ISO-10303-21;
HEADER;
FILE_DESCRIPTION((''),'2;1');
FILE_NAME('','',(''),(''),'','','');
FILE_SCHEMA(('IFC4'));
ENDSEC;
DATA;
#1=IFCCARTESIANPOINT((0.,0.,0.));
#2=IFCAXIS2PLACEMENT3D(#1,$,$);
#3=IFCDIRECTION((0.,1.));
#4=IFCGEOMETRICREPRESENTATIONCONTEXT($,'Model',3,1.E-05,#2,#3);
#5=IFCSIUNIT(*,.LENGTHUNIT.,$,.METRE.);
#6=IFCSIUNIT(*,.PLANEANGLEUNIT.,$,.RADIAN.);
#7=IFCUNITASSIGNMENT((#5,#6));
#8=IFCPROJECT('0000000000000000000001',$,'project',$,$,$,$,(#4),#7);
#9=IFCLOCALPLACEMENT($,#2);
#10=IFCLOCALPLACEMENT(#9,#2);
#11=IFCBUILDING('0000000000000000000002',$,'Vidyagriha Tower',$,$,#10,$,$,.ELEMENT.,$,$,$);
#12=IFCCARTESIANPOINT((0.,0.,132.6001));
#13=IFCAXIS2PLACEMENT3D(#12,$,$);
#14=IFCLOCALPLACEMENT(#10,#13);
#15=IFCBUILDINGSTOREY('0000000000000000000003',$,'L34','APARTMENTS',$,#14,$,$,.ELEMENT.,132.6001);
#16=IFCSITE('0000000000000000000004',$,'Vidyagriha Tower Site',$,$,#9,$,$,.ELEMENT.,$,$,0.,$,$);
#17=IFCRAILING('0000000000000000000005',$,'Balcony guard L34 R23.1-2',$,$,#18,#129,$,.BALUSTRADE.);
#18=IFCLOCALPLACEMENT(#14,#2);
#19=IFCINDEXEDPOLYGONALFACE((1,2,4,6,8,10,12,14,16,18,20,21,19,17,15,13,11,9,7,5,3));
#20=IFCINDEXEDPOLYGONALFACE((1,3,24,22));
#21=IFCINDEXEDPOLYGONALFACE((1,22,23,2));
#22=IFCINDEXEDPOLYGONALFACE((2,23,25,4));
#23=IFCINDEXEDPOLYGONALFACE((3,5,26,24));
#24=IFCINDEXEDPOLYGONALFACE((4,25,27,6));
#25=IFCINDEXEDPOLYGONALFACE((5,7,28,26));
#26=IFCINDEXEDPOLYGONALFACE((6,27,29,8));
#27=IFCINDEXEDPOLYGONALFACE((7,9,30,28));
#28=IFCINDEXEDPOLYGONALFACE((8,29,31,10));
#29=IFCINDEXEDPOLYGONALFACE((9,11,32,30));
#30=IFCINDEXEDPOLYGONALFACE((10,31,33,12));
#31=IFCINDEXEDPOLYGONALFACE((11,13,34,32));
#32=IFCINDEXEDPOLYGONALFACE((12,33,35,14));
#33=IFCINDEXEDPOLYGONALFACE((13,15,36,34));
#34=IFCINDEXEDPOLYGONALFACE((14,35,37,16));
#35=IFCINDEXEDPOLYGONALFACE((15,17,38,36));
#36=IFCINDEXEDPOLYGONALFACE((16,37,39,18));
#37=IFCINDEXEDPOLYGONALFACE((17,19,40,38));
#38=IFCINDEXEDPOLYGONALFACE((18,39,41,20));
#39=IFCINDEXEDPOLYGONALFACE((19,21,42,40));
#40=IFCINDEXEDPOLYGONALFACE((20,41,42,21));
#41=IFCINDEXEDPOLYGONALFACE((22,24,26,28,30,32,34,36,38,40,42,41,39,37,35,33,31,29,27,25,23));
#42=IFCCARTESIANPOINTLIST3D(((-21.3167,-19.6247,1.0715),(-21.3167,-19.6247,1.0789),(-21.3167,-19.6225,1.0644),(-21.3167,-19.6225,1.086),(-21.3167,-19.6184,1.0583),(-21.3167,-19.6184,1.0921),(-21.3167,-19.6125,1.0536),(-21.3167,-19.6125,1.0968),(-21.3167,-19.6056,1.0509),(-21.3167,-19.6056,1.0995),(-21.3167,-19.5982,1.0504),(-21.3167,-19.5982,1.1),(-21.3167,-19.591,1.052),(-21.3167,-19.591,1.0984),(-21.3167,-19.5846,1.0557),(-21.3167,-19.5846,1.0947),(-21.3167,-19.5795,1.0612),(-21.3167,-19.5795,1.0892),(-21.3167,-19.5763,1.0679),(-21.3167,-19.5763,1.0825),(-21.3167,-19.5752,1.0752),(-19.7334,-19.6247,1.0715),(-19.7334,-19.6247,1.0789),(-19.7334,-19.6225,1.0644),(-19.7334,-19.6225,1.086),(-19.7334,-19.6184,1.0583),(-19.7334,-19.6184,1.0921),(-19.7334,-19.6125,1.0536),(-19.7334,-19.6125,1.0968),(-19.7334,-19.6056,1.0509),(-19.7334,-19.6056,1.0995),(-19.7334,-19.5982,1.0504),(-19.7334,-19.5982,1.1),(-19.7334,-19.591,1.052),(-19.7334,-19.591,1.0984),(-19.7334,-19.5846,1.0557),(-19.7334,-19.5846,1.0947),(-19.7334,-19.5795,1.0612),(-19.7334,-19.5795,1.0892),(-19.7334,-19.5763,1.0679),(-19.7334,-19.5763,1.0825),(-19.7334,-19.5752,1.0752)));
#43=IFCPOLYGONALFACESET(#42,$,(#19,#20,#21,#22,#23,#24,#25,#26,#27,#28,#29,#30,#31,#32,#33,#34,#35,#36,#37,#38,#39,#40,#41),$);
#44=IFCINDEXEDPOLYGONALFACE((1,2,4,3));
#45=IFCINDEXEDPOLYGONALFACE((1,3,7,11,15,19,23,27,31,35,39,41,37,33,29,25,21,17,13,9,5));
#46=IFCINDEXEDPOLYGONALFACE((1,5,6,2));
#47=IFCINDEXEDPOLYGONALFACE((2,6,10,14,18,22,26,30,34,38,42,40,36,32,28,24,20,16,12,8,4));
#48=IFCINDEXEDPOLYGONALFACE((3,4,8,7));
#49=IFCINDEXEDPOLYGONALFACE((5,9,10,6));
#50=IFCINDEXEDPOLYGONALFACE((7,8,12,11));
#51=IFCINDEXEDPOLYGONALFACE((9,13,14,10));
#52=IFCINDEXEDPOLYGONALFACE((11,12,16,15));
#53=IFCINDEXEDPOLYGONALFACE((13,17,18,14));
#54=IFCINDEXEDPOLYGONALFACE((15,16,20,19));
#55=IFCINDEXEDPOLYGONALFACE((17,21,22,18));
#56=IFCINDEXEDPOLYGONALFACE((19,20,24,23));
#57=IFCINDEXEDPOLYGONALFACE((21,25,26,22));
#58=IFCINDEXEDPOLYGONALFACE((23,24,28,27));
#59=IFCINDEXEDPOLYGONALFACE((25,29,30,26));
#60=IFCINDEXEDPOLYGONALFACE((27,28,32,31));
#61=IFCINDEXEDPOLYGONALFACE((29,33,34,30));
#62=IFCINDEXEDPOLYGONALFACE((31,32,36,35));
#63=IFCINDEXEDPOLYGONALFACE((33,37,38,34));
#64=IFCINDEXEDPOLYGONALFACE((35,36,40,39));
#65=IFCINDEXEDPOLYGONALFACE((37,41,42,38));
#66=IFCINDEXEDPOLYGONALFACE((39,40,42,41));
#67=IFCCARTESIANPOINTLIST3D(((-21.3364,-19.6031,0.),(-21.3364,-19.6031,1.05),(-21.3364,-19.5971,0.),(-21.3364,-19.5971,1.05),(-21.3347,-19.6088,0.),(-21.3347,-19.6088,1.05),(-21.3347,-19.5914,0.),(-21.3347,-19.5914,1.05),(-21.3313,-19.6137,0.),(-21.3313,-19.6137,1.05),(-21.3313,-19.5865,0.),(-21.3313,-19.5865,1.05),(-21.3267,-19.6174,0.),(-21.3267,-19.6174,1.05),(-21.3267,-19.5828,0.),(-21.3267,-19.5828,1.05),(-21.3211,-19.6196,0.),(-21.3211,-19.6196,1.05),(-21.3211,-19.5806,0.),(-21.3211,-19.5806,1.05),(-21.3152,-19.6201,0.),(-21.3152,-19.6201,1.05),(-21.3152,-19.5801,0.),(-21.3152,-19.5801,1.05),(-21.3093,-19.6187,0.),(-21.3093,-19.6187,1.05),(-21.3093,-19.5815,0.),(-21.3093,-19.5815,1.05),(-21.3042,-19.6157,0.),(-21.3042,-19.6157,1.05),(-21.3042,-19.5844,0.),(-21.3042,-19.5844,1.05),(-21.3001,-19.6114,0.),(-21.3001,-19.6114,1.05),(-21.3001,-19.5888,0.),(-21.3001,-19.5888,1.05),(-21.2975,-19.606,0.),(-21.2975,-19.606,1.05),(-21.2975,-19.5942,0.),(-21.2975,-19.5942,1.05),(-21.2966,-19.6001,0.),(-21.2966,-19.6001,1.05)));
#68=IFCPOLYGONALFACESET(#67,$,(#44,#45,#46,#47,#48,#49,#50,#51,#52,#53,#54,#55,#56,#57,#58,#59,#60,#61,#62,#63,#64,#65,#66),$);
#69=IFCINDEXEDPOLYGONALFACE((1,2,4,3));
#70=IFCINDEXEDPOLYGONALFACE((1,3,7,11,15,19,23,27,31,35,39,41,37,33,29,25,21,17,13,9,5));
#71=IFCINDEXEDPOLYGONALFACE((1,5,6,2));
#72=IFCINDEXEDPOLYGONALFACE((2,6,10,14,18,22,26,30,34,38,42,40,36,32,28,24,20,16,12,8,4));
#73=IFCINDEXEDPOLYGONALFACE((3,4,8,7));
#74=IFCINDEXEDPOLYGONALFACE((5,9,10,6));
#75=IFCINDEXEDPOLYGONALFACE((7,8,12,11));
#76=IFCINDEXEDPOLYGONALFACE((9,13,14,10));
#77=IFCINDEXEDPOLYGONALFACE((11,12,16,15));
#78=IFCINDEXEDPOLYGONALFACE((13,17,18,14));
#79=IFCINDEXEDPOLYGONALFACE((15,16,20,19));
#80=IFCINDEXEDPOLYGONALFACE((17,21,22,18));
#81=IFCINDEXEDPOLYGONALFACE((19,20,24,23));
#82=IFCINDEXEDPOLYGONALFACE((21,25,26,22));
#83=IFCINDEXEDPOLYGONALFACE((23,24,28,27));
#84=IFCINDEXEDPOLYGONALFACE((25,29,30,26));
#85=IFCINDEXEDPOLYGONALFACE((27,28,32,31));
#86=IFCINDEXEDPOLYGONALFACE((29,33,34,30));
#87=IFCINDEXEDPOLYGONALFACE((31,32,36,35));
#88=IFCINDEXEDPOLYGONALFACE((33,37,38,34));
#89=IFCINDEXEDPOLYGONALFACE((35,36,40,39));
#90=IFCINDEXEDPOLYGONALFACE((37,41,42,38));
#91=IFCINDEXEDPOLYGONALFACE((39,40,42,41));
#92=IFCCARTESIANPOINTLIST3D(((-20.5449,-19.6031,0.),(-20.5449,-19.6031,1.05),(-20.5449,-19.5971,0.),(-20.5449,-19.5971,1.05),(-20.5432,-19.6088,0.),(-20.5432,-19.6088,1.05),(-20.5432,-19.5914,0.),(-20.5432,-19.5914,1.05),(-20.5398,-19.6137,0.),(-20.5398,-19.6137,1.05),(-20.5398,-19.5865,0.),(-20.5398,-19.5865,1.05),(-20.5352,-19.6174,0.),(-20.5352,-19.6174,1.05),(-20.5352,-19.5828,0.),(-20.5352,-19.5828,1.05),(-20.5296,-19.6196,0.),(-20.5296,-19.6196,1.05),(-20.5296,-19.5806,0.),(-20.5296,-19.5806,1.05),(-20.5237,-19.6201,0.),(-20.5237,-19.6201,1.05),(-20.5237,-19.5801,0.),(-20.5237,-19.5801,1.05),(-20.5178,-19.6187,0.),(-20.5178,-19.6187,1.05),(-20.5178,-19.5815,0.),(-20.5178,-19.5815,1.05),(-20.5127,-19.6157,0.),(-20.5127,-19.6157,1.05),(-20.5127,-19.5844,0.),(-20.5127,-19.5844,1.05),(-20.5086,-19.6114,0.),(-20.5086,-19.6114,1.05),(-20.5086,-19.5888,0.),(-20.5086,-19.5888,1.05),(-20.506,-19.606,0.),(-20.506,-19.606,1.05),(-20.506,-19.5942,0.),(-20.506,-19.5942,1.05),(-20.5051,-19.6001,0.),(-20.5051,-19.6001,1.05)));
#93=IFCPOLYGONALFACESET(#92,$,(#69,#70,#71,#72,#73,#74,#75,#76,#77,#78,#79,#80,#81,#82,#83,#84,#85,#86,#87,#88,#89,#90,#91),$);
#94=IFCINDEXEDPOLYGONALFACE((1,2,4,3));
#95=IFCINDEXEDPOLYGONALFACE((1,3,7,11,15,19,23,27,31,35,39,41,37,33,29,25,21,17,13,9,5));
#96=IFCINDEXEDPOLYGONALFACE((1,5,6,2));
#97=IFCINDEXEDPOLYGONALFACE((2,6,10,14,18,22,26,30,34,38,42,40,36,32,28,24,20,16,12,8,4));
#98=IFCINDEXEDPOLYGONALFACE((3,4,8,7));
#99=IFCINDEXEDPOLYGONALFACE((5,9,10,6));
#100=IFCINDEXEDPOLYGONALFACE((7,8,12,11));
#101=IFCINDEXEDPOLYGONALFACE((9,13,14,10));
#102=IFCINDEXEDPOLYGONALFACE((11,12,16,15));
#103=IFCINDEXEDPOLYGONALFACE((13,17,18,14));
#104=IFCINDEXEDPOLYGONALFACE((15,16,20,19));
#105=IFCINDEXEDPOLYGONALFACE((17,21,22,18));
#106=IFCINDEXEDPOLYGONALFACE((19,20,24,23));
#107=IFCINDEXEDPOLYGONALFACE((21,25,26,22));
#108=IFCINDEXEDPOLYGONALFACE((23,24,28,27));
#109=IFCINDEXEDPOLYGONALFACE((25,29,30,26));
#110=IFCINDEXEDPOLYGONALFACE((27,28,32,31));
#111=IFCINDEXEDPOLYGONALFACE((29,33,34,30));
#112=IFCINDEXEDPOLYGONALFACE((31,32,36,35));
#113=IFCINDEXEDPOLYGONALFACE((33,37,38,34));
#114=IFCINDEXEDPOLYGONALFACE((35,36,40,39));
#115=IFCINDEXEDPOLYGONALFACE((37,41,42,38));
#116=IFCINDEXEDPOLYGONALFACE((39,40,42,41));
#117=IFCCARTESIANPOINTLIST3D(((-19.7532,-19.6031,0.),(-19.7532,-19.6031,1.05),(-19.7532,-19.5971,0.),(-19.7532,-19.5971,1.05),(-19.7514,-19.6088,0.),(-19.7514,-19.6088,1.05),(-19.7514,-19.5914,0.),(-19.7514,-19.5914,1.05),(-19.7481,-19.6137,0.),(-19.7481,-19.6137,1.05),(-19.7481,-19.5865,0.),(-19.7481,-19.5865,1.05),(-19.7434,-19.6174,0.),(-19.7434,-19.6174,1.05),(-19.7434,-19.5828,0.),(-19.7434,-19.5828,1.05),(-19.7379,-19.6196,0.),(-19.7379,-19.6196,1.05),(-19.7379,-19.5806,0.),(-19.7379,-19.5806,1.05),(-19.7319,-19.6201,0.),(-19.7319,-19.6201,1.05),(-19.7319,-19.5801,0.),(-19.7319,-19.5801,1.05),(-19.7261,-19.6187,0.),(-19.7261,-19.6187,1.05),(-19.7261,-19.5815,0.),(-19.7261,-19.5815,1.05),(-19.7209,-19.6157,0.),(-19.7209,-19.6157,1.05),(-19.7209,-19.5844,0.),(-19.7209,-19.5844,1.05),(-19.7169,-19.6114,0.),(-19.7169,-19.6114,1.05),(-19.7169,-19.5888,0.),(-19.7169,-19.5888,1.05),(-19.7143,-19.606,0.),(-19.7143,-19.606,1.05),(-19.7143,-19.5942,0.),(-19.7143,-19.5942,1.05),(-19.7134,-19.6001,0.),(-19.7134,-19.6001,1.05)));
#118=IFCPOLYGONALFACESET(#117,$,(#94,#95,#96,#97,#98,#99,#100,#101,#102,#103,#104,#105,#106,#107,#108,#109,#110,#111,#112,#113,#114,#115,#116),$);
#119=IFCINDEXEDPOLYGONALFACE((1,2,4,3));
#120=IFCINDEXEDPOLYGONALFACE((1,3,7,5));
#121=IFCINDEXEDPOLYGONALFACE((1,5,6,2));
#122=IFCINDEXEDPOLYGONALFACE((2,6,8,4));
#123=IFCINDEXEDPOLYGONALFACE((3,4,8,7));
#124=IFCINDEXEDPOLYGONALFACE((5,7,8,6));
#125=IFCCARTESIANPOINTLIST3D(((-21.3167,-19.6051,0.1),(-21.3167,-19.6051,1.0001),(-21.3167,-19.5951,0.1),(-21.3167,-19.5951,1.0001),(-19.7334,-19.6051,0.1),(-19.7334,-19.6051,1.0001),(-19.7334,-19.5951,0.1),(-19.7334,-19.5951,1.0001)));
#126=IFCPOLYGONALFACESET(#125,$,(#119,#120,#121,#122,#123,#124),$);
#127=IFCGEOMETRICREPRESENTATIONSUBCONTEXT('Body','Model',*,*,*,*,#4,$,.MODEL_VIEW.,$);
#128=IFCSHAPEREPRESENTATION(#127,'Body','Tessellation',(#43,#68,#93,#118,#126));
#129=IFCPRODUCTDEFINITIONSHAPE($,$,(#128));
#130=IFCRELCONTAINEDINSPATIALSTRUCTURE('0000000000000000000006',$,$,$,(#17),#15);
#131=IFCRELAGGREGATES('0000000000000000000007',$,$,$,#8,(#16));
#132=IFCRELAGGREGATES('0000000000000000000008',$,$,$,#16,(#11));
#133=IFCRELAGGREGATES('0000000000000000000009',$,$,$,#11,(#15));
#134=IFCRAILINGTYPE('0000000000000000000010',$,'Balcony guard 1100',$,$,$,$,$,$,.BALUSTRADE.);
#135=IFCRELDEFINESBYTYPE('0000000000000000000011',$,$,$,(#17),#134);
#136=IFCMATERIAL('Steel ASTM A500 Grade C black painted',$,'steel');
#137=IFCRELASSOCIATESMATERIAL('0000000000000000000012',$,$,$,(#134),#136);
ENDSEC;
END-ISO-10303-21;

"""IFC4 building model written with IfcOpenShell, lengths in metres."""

from ifc_helpers import new_model, si_unit, direction, frame, origin, origin_2d, place, context, subcontext, project, spatial, rectangle, circle, extrude, material, type_object, element, save


model = new_model("IFC4")

# Units and contexts
model_context = context("Model", 3, precision=1e-05, world=origin(), true_north=direction((0.0, 1.0)))
body_context = subcontext(model_context, "Body", "Model", "MODEL_VIEW")
ifc_project = project(units=[si_unit("LENGTHUNIT", "METRE"), si_unit("PLANEANGLEUNIT", "RADIAN")], contexts=[model_context])

# Site, building, storey
site_placement = place(None, origin())
site = spatial("IfcSite", under=ifc_project, at=site_placement, Name="Vidyagriha Tower Site", CompositionType="ELEMENT", RefElevation=0.0)
building_placement = place(site_placement, origin())
building = spatial("IfcBuilding", under=site, at=building_placement, Name="Vidyagriha Tower", CompositionType="ELEMENT")
storey_placement = place(building_placement, frame((0.0, 0.0, 132.6001)))
storey = spatial("IfcBuildingStorey", under=building, at=storey_placement, Name="L34", Description="APARTMENTS", CompositionType="ELEMENT", Elevation=132.6001)

# Railing
ifc_material_1 = material(Name="Steel ASTM A500 Grade C black painted", Category="steel")
railing_type = type_object("IfcRailingType", Name="Balcony guard 1100", PredefinedType="BALUSTRADE", material=ifc_material_1)
railing_1_placement = place(storey_placement, frame((-21.3167, -19.6001, 0.0)))
element("IfcRailing", 1, at=railing_1_placement, inside=storey, type_object=railing_type, Name="Balcony guard L34 R23.1-2", PredefinedType="BALUSTRADE", context=body_context, shape_type="SweptSolid", body=[
    extrude(circle(Radius=0.0249, at=origin_2d()), frame((0.0, 0.0, 1.0752), z_axis=(1.0, 0.0, 0.0), x_axis=(0.0, 1.0, 0.0)), (0.0, 0.0, 1.0), 1.5833),
    extrude(circle(Radius=0.02, at=origin_2d()), origin(), (0.0, 0.0, 1.0), 1.05),
    extrude(circle(Radius=0.02, at=origin_2d()), frame((0.7915, 0.0, 0.0)), (0.0, 0.0, 1.0), 1.05),
    extrude(circle(Radius=0.02, at=origin_2d()), frame((1.5833, 0.0, 0.0)), (0.0, 0.0, 1.0), 1.05),
    extrude(rectangle(XDim=0.01, YDim=0.9001, at=origin_2d()), frame((0.0, 0.0, 0.55), z_axis=(1.0, 0.0, 0.0), x_axis=(0.0, 1.0, 0.0)), (0.0, 0.0, 1.0), 1.5833),
])

save(model, "model.ifc")
